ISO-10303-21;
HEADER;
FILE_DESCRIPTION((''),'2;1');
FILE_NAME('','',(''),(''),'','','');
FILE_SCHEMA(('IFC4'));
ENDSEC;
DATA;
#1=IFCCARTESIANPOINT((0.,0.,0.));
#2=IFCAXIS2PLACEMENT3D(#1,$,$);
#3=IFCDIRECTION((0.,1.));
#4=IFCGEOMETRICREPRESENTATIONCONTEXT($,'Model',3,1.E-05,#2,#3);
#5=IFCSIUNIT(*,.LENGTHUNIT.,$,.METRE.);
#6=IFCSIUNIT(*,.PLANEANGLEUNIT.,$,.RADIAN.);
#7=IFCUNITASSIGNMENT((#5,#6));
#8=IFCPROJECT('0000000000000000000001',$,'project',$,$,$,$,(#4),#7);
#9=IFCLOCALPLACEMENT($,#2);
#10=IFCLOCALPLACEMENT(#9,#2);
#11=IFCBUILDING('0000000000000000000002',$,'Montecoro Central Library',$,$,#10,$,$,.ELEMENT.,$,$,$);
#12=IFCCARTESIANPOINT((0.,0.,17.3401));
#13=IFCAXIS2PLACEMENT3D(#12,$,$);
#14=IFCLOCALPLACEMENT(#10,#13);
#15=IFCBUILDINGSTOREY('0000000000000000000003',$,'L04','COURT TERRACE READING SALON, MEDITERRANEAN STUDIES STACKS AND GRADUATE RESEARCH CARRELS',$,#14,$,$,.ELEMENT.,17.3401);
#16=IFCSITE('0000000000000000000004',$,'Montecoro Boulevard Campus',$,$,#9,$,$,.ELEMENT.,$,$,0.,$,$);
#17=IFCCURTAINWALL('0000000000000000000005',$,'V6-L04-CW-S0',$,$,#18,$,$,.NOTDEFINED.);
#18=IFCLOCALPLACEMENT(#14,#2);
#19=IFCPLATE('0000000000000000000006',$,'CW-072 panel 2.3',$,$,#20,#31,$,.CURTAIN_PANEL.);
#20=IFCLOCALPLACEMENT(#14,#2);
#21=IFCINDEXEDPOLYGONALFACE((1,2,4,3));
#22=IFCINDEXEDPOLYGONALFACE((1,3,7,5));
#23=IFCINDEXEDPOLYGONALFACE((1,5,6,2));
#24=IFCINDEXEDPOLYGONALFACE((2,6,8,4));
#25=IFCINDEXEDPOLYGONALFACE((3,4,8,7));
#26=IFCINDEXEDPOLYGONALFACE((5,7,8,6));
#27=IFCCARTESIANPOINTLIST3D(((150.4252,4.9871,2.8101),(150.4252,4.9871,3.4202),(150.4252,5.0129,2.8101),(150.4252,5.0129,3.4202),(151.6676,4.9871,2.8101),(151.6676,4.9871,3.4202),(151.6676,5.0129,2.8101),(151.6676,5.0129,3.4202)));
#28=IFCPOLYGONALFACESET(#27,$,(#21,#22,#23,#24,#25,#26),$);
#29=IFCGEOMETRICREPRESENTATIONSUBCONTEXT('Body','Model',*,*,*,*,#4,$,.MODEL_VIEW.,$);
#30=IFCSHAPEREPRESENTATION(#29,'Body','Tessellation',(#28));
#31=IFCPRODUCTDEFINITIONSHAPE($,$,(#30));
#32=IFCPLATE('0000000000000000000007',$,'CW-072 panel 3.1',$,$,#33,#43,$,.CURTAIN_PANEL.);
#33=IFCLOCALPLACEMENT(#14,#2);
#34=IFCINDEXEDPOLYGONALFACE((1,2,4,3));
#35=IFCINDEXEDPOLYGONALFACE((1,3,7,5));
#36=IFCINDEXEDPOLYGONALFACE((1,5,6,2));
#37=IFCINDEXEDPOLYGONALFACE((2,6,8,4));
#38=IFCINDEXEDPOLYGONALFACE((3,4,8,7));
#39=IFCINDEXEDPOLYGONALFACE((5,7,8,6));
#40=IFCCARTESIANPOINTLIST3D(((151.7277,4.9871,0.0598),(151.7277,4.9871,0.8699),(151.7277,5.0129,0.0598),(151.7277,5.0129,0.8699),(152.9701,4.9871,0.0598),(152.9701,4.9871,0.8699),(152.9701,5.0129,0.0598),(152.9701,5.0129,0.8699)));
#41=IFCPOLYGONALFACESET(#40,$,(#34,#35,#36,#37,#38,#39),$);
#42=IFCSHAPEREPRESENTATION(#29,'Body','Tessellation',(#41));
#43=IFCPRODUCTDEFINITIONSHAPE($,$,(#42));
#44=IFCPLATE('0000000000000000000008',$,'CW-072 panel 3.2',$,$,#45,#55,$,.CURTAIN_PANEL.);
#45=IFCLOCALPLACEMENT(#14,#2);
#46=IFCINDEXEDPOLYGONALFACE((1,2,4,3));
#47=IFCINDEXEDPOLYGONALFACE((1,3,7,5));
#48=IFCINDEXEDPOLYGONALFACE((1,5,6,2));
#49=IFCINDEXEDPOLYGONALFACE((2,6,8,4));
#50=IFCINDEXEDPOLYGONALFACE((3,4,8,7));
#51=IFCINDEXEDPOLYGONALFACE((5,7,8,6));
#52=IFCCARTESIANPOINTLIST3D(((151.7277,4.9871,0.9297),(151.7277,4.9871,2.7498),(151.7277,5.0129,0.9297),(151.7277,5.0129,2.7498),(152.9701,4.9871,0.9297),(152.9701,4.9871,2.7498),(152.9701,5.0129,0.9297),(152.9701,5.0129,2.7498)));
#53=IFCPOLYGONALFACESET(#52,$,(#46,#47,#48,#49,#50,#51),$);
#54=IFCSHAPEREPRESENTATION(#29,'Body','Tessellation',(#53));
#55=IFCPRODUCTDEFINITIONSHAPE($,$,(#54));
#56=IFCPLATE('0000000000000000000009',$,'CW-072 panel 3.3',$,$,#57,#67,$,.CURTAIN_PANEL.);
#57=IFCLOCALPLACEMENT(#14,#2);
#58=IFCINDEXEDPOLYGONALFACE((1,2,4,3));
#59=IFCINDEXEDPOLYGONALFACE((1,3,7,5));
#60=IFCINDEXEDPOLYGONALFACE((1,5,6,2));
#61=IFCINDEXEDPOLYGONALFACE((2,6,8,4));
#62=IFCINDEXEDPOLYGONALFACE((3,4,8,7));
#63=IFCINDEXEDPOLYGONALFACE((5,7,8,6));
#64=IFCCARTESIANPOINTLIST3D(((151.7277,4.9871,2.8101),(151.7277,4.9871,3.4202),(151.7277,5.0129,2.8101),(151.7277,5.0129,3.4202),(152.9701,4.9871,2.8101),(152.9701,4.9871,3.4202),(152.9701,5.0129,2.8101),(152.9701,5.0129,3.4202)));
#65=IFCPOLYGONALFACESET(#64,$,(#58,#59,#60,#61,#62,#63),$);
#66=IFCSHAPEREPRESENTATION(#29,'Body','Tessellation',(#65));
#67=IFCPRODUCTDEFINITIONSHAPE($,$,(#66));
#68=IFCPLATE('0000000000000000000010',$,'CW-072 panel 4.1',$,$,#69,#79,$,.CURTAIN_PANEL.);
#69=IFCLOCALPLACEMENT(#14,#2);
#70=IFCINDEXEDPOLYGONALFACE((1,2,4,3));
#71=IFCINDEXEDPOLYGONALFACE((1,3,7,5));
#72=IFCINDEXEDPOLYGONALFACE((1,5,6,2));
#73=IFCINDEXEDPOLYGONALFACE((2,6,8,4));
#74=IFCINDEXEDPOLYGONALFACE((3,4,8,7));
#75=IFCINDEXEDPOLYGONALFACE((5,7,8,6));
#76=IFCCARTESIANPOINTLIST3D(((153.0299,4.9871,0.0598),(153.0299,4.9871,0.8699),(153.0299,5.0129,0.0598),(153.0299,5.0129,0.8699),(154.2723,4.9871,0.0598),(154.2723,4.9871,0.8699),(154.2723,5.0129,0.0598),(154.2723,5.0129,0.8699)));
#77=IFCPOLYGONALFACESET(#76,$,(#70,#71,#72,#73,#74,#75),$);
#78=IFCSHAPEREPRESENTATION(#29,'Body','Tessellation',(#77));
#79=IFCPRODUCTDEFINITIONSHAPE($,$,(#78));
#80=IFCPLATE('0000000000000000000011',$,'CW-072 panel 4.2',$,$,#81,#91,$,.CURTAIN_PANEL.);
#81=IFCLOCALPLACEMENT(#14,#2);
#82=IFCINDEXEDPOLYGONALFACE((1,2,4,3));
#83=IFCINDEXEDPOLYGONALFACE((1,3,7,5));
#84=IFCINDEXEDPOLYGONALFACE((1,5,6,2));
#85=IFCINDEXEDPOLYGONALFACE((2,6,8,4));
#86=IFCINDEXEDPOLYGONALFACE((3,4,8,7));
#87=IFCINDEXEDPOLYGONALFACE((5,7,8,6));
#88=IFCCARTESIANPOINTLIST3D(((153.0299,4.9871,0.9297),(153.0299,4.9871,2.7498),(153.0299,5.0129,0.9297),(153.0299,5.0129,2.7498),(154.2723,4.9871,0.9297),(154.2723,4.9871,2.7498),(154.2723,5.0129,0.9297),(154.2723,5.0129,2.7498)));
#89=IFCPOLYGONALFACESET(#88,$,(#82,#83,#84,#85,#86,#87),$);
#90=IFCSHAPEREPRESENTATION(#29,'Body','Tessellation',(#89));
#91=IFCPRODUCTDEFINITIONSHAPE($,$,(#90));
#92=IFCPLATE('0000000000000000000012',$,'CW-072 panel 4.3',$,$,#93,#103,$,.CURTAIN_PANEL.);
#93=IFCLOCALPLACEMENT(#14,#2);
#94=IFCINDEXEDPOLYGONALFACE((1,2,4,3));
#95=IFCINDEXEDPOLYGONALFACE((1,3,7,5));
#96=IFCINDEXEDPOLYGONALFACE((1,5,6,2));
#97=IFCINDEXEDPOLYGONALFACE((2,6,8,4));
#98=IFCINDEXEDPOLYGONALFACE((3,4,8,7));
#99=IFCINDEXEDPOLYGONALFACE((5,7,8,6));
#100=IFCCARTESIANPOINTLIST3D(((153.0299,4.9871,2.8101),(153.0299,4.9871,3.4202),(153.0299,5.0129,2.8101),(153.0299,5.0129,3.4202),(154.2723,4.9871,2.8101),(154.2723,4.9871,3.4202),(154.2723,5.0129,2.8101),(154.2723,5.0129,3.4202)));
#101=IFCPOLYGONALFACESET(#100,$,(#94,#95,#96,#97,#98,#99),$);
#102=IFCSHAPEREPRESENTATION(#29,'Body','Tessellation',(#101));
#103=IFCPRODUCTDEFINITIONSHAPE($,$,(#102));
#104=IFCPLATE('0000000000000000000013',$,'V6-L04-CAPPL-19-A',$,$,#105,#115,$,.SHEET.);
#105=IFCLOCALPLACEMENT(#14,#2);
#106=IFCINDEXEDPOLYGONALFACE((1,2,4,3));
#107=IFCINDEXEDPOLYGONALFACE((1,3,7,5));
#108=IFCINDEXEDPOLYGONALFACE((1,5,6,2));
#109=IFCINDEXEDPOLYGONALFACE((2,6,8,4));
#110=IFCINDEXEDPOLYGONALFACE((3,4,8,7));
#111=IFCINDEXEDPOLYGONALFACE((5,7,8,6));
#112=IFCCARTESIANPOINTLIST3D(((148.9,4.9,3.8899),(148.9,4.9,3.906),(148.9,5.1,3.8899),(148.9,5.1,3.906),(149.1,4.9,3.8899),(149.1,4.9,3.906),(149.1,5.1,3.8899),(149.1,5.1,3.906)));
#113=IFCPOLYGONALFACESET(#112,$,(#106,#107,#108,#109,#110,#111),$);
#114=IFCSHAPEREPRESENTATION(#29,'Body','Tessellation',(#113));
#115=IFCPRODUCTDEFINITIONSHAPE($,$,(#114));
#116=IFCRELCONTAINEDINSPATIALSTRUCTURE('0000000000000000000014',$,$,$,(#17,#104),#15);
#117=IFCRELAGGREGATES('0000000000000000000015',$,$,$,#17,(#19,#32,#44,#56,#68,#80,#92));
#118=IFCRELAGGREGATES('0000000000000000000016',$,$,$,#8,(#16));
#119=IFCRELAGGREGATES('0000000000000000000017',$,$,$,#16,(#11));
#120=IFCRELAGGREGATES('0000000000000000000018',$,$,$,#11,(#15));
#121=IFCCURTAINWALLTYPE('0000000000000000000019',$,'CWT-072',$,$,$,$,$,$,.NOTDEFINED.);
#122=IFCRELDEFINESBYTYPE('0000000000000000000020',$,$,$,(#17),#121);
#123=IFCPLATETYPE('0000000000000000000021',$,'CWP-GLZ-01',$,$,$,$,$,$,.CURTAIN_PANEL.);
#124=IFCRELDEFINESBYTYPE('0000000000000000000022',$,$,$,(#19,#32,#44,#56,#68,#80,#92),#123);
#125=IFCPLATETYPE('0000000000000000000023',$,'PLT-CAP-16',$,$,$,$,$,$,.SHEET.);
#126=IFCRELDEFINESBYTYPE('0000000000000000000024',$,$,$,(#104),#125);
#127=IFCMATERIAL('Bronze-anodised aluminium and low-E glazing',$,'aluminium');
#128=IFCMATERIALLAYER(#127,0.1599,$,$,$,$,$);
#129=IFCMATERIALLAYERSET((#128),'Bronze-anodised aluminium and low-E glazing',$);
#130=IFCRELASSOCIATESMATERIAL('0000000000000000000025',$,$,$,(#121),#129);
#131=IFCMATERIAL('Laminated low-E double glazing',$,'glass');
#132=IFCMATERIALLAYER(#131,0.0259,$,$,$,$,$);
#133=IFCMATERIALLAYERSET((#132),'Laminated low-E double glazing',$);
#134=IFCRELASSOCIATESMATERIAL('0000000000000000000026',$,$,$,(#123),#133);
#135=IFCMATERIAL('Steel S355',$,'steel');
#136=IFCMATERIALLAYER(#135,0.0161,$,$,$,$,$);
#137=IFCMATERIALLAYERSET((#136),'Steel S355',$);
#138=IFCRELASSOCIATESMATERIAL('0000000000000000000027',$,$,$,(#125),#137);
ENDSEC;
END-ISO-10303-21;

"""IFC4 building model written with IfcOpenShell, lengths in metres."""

from ifc_helpers import new_model, si_unit, direction, frame, origin, origin_2d, place, context, subcontext, project, spatial, rectangle, extrude, material, layer, layer_set, type_object, element, aggregate, save


model = new_model("IFC4")

# Units and contexts
model_context = context("Model", 3, precision=1e-05, world=origin(), true_north=direction((0.0, 1.0)))
body_context = subcontext(model_context, "Body", "Model", "MODEL_VIEW")
ifc_project = project(units=[si_unit("LENGTHUNIT", "METRE"), si_unit("PLANEANGLEUNIT", "RADIAN")], contexts=[model_context])

# Site, building, storey
site_placement = place(None, origin())
site = spatial("IfcSite", under=ifc_project, at=site_placement, Name="Montecoro Boulevard Campus", CompositionType="ELEMENT", RefElevation=0.0)
building_placement = place(site_placement, origin())
building = spatial("IfcBuilding", under=site, at=building_placement, Name="Montecoro Central Library", CompositionType="ELEMENT")
storey_placement = place(building_placement, frame((0.0, 0.0, 17.3401)))
storey = spatial("IfcBuildingStorey", under=building, at=storey_placement, Name="L04", Description="COURT TERRACE READING SALON, MEDITERRANEAN STUDIES STACKS AND GRADUATE RESEARCH CARRELS", CompositionType="ELEMENT", Elevation=17.3401)

# Shared definitions
ifc_material_1 = material(Name="Steel S355", Category="steel")

# Curtain wall, plates
ifc_material_2 = material(Name="Bronze-anodised aluminium and low-E glazing", Category="aluminium")
ifc_layer_1 = layer(ifc_material_2, 0.1599)
ifc_layer_set_1 = layer_set([ifc_layer_1], Name="Bronze-anodised aluminium and low-E glazing")
curtain_wall_type = type_object("IfcCurtainWallType", Name="CWT-072", PredefinedType="NOTDEFINED", material=ifc_layer_set_1)
curtain_wall_placement = place(storey_placement, origin())
curtain_wall = element("IfcCurtainWall", 1, at=curtain_wall_placement, inside=storey, type_object=curtain_wall_type, Name="V6-L04-CW-S0", PredefinedType="NOTDEFINED")
ifc_material_3 = material(Name="Laminated low-E double glazing", Category="glass")
ifc_layer_2 = layer(ifc_material_3, 0.0259)
ifc_layer_set_2 = layer_set([ifc_layer_2], Name="Laminated low-E double glazing")
plate_type_1 = type_object("IfcPlateType", Name="CWP-GLZ-01", PredefinedType="CURTAIN_PANEL", material=ifc_layer_set_2)
plate_1_placement = place(storey_placement, frame((151.0464, 5.0, 2.8101), z_axis=(0.0, 0.0, 1.0), x_axis=(1.0, 0.0, 0.0)))
plate_1 = element("IfcPlate", 2, at=plate_1_placement, type_object=plate_type_1, Name="CW-072 panel 2.3", PredefinedType="CURTAIN_PANEL", context=body_context, shape_type="SweptSolid", body=[
    extrude(rectangle(XDim=1.2424, YDim=0.0259, at=origin_2d()), origin(), (0.0, 0.0, 1.0), 0.6101),
])
plate_2_placement = place(storey_placement, frame((152.3489, 5.0, 0.0598), z_axis=(0.0, 0.0, 1.0), x_axis=(1.0, 0.0, 0.0)))
plate_2 = element("IfcPlate", 3, at=plate_2_placement, type_object=plate_type_1, Name="CW-072 panel 3.1", PredefinedType="CURTAIN_PANEL", context=body_context, shape_type="SweptSolid", body=[
    extrude(rectangle(XDim=1.2424, YDim=0.0259, at=origin_2d()), origin(), (0.0, 0.0, 1.0), 0.8101),
])
plate_3_placement = place(storey_placement, frame((152.3489, 5.0, 0.9297), z_axis=(0.0, 0.0, 1.0), x_axis=(1.0, 0.0, 0.0)))
plate_3 = element("IfcPlate", 4, at=plate_3_placement, type_object=plate_type_1, Name="CW-072 panel 3.2", PredefinedType="CURTAIN_PANEL", context=body_context, shape_type="SweptSolid", body=[
    extrude(rectangle(XDim=1.2424, YDim=0.0259, at=origin_2d()), origin(), (0.0, 0.0, 1.0), 1.8201),
])
plate_4_placement = place(storey_placement, frame((152.3489, 5.0, 2.8101), z_axis=(0.0, 0.0, 1.0), x_axis=(1.0, 0.0, 0.0)))
plate_4 = element("IfcPlate", 5, at=plate_4_placement, type_object=plate_type_1, Name="CW-072 panel 3.3", PredefinedType="CURTAIN_PANEL", context=body_context, shape_type="SweptSolid", body=[
    extrude(rectangle(XDim=1.2424, YDim=0.0259, at=origin_2d()), origin(), (0.0, 0.0, 1.0), 0.6101),
])
plate_5_placement = place(storey_placement, frame((153.6511, 5.0, 0.0598), z_axis=(0.0, 0.0, 1.0), x_axis=(1.0, 0.0, 0.0)))
plate_5 = element("IfcPlate", 6, at=plate_5_placement, type_object=plate_type_1, Name="CW-072 panel 4.1", PredefinedType="CURTAIN_PANEL", context=body_context, shape_type="SweptSolid", body=[
    extrude(rectangle(XDim=1.2424, YDim=0.0259, at=origin_2d()), origin(), (0.0, 0.0, 1.0), 0.8101),
])
plate_6_placement = place(storey_placement, frame((153.6511, 5.0, 0.9297), z_axis=(0.0, 0.0, 1.0), x_axis=(1.0, 0.0, 0.0)))
plate_6 = element("IfcPlate", 7, at=plate_6_placement, type_object=plate_type_1, Name="CW-072 panel 4.2", PredefinedType="CURTAIN_PANEL", context=body_context, shape_type="SweptSolid", body=[
    extrude(rectangle(XDim=1.2424, YDim=0.0259, at=origin_2d()), origin(), (0.0, 0.0, 1.0), 1.8201),
])
plate_7_placement = place(storey_placement, frame((153.6511, 5.0, 2.8101), z_axis=(0.0, 0.0, 1.0), x_axis=(1.0, 0.0, 0.0)))
plate_7 = element("IfcPlate", 8, at=plate_7_placement, type_object=plate_type_1, Name="CW-072 panel 4.3", PredefinedType="CURTAIN_PANEL", context=body_context, shape_type="SweptSolid", body=[
    extrude(rectangle(XDim=1.2424, YDim=0.0259, at=origin_2d()), origin(), (0.0, 0.0, 1.0), 0.6101),
])
aggregate(curtain_wall, [plate_1, plate_2, plate_3, plate_4, plate_5, plate_6, plate_7])

# Plate
ifc_layer_3 = layer(ifc_material_1, 0.0161)
ifc_layer_set_3 = layer_set([ifc_layer_3], Name="Steel S355")
plate_type_2 = type_object("IfcPlateType", Name="PLT-CAP-16", PredefinedType="SHEET", material=ifc_layer_set_3)
plate_8_placement = place(storey_placement, frame((149.0, 5.0, 3.8899), z_axis=(0.0, 0.0, 1.0), x_axis=(1.0, 0.0, 0.0)))
element("IfcPlate", 9, at=plate_8_placement, inside=storey, type_object=plate_type_2, Name="V6-L04-CAPPL-19-A", PredefinedType="SHEET", context=body_context, shape_type="SweptSolid", body=[
    extrude(rectangle(XDim=0.2, YDim=0.2, at=origin_2d()), origin(), (0.0, 0.0, 1.0), 0.0161),
])

save(model, "model.ifc")
